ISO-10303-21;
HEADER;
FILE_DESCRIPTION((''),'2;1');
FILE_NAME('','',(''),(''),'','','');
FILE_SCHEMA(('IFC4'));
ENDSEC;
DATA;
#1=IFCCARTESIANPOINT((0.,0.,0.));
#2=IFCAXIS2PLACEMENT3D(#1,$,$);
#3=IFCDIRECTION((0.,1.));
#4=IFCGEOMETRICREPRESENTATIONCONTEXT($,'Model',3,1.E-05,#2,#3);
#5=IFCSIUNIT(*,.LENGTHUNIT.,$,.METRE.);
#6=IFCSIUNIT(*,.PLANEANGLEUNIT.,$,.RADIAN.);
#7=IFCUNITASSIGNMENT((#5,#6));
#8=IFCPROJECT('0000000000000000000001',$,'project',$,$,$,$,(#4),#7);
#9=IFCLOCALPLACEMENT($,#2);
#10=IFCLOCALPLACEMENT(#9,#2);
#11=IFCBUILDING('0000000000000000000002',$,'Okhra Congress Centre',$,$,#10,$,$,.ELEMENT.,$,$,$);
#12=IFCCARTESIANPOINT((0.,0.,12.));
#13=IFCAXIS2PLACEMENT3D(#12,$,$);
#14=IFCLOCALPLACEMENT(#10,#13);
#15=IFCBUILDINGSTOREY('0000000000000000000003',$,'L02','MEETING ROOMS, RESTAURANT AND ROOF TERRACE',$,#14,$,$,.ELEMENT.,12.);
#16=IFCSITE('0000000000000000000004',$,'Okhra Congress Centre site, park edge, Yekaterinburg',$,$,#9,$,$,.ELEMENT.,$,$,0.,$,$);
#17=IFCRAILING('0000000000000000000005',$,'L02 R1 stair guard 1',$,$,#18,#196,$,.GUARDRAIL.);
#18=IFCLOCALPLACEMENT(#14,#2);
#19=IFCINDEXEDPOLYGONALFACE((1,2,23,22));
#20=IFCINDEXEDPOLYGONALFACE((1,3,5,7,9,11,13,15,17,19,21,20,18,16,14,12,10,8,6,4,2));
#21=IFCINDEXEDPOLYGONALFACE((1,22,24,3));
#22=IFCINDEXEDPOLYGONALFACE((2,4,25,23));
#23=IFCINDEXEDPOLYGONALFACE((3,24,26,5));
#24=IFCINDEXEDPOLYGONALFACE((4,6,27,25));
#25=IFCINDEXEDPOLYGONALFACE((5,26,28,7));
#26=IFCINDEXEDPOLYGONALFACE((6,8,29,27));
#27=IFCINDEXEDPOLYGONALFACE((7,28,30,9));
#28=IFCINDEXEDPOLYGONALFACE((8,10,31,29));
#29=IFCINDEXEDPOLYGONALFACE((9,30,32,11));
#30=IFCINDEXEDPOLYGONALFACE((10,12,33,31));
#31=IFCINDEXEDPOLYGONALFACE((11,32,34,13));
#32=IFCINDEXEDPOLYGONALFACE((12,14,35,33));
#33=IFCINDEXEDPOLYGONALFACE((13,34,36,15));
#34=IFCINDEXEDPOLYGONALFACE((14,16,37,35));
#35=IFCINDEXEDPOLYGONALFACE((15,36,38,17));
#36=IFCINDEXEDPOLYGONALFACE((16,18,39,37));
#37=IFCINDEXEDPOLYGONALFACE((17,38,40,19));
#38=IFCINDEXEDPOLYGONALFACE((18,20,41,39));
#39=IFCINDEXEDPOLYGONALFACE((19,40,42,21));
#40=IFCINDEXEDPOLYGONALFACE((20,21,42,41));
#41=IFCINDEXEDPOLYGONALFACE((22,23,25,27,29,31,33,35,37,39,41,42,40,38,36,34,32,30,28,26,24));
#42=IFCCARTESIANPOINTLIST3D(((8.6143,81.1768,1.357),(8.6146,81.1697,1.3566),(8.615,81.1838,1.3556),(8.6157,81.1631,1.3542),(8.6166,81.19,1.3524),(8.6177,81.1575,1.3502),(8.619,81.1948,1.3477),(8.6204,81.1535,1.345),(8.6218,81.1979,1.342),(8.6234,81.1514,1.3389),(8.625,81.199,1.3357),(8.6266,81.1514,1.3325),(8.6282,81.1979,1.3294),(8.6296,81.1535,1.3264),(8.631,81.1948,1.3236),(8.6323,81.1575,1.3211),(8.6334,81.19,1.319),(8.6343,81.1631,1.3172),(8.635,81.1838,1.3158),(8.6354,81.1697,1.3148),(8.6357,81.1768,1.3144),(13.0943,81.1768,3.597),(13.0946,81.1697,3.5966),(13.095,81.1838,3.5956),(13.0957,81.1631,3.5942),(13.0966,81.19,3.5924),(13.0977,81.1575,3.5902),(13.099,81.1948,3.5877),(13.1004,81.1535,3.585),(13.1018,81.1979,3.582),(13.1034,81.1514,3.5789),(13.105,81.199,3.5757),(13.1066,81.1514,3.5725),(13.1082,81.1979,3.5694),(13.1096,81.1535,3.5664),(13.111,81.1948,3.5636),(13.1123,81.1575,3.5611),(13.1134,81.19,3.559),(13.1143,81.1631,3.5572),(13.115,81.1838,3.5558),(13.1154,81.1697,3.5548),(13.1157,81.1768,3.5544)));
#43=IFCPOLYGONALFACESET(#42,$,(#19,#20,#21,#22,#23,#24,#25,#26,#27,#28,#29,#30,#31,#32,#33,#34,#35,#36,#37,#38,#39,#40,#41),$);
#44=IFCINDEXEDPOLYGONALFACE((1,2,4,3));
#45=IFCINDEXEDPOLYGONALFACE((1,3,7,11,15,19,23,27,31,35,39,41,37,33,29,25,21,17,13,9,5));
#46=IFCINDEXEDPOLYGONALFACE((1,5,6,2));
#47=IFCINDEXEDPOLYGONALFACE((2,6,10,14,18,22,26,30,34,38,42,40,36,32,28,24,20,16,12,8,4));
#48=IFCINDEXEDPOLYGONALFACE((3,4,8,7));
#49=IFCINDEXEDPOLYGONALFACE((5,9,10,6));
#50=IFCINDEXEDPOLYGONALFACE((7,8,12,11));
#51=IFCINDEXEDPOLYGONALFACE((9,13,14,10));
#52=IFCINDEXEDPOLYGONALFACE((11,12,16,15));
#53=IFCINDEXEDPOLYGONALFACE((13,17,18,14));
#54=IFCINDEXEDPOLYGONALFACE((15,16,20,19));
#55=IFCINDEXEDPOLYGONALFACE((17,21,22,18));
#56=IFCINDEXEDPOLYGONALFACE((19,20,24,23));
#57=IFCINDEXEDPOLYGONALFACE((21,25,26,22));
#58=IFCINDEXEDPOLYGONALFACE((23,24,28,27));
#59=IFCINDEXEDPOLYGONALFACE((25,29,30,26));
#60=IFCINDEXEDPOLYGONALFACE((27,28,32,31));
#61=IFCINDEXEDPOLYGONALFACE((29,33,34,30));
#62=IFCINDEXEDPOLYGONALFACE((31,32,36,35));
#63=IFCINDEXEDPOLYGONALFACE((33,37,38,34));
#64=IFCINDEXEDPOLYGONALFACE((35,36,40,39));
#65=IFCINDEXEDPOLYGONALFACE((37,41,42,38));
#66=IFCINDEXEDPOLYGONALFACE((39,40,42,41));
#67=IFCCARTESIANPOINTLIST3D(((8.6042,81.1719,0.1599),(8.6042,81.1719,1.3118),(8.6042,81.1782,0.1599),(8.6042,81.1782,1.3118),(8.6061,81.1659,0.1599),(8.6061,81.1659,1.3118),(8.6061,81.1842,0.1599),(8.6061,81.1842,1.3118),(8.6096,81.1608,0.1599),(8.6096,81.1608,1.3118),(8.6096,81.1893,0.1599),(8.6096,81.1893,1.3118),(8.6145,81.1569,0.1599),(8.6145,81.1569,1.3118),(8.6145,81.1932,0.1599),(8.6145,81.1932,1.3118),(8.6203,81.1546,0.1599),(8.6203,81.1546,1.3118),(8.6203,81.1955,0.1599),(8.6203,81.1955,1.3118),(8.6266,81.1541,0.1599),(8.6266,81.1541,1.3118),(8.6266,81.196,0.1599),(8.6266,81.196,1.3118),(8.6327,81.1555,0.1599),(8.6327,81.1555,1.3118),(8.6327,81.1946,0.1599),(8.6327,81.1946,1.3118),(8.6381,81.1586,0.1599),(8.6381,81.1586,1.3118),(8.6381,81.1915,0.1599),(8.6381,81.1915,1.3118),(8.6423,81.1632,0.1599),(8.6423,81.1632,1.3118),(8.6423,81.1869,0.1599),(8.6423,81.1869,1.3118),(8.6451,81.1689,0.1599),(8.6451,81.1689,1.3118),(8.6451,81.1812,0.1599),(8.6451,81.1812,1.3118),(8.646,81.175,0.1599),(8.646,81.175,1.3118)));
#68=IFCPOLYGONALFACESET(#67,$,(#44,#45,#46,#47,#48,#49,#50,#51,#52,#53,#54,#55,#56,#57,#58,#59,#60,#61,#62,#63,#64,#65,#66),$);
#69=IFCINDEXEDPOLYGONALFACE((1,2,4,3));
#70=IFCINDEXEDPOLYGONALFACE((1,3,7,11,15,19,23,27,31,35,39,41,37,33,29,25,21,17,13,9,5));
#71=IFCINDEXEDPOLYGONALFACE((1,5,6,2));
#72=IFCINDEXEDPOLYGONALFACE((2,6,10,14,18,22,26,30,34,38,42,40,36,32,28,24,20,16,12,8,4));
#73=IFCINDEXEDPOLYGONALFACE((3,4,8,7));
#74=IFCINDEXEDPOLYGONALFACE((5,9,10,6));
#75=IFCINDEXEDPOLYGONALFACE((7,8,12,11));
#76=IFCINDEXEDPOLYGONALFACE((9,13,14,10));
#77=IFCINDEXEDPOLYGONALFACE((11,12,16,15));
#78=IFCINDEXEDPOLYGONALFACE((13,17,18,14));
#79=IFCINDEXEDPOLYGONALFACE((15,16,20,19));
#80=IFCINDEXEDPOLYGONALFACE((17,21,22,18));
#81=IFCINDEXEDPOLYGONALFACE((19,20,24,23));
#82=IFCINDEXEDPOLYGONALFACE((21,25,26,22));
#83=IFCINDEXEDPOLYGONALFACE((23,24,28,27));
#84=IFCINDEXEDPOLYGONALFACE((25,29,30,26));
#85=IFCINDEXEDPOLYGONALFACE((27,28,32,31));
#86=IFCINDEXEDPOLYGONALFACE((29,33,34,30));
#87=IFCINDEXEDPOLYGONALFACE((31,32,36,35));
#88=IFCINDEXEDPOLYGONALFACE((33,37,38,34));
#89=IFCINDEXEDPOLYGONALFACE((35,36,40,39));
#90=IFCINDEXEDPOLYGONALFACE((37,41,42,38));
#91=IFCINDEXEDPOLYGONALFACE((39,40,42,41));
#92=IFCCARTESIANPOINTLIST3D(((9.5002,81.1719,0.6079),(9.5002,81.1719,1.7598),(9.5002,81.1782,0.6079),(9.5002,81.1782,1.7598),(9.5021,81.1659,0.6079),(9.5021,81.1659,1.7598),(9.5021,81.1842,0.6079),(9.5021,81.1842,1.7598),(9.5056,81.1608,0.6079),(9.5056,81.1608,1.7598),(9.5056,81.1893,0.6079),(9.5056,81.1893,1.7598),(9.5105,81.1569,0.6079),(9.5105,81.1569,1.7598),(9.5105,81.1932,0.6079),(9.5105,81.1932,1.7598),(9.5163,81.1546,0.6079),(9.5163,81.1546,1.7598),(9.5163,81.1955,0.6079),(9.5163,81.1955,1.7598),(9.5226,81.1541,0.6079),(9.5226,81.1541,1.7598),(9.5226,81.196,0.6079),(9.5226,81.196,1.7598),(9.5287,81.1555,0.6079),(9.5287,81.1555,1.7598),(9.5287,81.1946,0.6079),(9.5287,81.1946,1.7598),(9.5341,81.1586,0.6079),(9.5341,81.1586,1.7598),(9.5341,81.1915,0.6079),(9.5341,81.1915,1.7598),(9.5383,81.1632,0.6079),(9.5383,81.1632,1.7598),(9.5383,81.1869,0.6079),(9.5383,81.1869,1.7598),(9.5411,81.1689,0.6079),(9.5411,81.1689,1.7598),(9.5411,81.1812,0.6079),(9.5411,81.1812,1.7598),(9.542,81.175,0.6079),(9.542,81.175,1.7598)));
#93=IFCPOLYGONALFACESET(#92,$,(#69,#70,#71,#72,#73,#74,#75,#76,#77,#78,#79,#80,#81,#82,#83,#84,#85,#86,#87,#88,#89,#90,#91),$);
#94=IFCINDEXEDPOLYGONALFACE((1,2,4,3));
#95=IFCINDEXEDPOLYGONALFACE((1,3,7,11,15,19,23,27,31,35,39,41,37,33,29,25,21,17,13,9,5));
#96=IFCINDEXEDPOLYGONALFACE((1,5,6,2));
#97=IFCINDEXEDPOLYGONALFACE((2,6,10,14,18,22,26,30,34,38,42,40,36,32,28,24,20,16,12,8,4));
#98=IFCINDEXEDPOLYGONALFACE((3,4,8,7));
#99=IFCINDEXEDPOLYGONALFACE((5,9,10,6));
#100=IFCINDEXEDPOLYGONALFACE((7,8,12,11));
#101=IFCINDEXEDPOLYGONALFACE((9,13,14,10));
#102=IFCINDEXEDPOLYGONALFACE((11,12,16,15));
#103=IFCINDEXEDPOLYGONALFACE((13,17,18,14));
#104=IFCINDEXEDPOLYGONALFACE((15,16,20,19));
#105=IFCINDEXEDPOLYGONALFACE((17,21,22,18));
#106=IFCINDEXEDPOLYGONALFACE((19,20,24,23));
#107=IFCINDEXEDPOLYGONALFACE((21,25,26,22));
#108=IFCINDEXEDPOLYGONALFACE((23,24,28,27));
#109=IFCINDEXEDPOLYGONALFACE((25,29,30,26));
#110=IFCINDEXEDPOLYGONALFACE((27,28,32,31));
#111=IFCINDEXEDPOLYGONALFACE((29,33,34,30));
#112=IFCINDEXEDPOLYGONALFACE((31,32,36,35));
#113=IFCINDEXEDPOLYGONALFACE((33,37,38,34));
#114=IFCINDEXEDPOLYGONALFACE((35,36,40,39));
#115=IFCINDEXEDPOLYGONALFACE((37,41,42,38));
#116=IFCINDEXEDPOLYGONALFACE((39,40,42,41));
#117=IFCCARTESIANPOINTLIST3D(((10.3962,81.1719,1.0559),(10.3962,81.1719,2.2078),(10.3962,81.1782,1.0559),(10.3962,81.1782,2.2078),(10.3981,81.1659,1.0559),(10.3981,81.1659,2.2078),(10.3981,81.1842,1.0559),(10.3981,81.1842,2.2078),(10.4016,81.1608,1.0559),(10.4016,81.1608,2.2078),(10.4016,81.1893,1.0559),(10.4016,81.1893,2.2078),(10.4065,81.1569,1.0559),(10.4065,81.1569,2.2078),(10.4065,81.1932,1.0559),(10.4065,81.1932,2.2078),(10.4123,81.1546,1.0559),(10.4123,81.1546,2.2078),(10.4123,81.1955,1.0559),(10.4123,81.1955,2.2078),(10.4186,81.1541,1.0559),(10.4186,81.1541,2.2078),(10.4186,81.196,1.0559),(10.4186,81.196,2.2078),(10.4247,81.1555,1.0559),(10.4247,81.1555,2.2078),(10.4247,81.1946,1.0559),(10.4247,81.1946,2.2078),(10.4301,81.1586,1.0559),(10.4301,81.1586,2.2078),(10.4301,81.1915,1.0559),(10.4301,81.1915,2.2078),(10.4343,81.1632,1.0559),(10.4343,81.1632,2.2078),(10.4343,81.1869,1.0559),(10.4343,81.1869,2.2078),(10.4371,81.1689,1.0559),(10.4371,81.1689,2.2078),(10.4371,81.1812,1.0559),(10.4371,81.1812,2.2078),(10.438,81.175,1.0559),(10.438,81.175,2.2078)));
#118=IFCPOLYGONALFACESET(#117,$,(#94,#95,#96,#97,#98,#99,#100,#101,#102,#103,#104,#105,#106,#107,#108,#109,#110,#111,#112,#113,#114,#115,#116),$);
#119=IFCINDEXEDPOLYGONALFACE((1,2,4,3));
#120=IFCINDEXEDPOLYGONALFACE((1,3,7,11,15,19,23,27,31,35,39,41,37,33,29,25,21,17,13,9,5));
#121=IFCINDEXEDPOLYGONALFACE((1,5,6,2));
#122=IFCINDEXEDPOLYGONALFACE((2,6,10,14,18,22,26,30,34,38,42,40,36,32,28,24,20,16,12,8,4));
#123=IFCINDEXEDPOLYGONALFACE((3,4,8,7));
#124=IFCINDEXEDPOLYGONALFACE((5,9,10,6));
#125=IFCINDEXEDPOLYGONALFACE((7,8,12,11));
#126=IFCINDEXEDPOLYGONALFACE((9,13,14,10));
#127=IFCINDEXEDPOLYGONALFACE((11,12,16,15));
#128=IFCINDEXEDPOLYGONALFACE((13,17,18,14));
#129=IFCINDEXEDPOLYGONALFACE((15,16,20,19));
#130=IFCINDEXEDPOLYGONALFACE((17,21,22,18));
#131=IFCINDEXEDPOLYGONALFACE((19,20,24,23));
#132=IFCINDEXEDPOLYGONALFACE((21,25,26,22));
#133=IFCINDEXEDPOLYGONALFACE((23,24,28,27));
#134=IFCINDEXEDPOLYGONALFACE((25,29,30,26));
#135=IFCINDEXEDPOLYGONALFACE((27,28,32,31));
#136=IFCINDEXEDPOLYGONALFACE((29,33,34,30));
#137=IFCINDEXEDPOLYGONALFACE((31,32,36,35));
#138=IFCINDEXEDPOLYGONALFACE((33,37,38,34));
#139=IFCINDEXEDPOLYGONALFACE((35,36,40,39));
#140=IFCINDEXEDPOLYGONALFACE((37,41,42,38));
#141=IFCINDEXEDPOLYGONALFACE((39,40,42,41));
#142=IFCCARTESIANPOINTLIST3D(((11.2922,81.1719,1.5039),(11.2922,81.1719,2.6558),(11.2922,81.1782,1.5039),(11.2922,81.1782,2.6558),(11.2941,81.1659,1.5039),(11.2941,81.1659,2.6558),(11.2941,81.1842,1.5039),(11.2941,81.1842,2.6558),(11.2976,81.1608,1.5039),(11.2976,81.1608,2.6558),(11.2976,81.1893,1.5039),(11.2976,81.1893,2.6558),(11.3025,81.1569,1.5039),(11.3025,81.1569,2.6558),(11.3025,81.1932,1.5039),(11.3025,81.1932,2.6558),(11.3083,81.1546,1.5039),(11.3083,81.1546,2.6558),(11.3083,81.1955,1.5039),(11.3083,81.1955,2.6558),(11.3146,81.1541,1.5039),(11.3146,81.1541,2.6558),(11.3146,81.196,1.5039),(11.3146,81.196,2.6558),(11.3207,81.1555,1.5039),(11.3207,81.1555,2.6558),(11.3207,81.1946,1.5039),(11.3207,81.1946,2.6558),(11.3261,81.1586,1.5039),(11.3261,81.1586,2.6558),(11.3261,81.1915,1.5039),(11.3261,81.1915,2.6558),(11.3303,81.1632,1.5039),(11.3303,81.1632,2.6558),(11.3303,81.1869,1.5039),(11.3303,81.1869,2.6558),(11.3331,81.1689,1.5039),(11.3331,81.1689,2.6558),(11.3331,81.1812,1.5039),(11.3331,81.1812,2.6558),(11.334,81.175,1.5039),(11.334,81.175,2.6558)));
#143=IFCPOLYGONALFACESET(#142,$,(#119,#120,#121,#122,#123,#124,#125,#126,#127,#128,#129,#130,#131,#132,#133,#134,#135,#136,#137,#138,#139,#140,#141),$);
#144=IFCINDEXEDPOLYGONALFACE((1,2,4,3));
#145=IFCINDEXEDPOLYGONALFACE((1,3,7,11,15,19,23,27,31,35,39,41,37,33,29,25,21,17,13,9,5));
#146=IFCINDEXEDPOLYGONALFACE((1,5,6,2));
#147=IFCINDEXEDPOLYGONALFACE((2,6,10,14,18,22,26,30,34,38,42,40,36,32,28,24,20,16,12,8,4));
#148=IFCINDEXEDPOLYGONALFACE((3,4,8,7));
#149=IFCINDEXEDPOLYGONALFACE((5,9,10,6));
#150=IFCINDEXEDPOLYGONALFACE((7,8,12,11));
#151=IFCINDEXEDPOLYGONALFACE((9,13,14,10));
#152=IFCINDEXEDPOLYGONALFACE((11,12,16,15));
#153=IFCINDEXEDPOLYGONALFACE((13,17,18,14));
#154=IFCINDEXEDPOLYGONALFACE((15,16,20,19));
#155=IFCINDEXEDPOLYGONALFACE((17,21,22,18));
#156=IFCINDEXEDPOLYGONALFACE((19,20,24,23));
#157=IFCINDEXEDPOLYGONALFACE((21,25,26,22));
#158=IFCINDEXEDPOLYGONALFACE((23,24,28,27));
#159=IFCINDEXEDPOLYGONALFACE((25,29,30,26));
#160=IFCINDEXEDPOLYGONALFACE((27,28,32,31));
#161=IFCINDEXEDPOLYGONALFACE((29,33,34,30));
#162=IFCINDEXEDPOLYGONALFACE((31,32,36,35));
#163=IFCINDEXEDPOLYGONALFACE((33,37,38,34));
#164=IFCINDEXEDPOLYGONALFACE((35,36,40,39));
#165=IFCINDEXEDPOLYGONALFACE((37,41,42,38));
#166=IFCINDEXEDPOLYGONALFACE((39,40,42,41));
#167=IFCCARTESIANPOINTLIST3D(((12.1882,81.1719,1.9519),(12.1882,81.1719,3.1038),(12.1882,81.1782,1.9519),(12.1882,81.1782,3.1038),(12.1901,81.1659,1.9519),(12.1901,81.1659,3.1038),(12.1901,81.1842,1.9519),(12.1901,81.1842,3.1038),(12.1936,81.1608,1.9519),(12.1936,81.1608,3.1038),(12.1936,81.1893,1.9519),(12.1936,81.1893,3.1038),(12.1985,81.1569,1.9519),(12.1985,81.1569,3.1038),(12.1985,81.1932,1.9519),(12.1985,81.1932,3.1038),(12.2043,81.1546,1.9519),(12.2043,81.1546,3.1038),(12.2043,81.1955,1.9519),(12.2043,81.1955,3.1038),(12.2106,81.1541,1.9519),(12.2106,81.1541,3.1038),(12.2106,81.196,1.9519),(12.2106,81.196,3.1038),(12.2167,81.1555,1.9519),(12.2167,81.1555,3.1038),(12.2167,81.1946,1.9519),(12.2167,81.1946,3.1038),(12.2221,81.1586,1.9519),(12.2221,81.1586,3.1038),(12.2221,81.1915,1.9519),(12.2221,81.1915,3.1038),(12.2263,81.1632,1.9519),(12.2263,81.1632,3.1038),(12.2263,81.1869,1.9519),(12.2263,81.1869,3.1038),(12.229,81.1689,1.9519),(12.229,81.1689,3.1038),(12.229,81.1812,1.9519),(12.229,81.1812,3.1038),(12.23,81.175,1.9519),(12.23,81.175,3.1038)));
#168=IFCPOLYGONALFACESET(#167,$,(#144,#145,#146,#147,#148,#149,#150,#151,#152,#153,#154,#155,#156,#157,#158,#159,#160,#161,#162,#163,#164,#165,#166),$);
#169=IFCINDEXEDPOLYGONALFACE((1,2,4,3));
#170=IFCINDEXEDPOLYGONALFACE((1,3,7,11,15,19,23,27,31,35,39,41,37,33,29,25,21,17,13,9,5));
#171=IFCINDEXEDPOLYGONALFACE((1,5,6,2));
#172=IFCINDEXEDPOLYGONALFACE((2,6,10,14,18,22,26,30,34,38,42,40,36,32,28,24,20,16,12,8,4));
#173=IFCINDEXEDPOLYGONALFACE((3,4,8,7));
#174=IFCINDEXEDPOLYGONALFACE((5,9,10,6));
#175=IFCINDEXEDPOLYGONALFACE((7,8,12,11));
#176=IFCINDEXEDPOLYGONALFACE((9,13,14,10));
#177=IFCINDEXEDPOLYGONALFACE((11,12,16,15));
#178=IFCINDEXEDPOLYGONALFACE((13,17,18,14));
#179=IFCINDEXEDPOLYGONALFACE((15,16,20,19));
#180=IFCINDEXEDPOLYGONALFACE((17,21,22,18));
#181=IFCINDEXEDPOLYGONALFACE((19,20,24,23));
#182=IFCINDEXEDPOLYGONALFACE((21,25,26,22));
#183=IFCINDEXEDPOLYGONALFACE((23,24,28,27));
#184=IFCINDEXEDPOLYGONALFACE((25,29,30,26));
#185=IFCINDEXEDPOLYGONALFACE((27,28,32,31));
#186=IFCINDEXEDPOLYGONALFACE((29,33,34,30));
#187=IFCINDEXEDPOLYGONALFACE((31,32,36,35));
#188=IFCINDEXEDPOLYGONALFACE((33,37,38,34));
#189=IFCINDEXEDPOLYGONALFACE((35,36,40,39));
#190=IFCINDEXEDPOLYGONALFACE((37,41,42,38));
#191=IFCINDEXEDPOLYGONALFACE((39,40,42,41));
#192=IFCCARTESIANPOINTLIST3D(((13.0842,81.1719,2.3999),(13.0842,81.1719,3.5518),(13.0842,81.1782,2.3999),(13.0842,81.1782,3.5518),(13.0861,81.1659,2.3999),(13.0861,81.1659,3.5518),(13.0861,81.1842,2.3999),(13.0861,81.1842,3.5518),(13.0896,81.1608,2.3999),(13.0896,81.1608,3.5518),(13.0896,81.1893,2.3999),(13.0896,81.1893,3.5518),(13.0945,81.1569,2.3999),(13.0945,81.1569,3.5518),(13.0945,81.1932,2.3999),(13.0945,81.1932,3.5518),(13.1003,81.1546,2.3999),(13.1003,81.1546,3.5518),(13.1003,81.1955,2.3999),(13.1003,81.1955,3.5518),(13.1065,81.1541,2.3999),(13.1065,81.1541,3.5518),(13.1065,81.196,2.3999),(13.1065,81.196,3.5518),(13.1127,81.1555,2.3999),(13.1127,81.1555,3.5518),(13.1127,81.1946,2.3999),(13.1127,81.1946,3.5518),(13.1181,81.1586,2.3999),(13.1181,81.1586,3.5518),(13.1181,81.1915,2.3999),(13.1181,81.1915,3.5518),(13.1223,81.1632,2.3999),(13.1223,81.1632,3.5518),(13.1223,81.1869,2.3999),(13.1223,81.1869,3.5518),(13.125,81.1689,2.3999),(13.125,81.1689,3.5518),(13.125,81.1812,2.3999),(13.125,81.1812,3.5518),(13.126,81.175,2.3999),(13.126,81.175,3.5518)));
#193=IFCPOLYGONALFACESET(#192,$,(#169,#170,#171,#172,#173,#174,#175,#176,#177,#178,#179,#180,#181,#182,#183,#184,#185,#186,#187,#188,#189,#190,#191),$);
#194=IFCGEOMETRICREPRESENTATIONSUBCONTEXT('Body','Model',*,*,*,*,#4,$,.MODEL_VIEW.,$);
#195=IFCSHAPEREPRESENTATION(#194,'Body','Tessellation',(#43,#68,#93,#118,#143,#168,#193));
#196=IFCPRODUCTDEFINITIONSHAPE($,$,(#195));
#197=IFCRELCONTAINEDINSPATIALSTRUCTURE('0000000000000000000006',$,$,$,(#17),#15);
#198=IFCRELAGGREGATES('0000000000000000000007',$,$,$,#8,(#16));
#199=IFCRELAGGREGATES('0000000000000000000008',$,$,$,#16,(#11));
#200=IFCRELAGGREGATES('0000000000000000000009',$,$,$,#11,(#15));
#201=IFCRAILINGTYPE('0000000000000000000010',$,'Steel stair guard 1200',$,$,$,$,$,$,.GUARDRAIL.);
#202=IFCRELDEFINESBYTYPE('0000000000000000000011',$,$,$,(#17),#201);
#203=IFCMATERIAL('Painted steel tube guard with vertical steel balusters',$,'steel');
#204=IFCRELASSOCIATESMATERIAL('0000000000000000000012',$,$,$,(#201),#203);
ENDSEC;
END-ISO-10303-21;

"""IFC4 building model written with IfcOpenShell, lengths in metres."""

from ifc_helpers import new_model, si_unit, direction, frame, origin, origin_2d, place, context, subcontext, project, spatial, circle, extrude, material, type_object, element, save


model = new_model("IFC4")

# Units and contexts
model_context = context("Model", 3, precision=1e-05, world=origin(), true_north=direction((0.0, 1.0)))
body_context = subcontext(model_context, "Body", "Model", "MODEL_VIEW")
ifc_project = project(units=[si_unit("LENGTHUNIT", "METRE"), si_unit("PLANEANGLEUNIT", "RADIAN")], contexts=[model_context])

# Site, building, storey
site_placement = place(None, origin())
site = spatial("IfcSite", under=ifc_project, at=site_placement, Name="Okhra Congress Centre site, park edge, Yekaterinburg", CompositionType="ELEMENT", RefElevation=0.0)
building_placement = place(site_placement, origin())
building = spatial("IfcBuilding", under=site, at=building_placement, Name="Okhra Congress Centre", CompositionType="ELEMENT")
storey_placement = place(building_placement, frame((0.0, 0.0, 12.0)))
storey = spatial("IfcBuildingStorey", under=building, at=storey_placement, Name="L02", Description="MEETING ROOMS, RESTAURANT AND ROOF TERRACE", CompositionType="ELEMENT", Elevation=12.0)

# Railing
ifc_material_1 = material(Name="Painted steel tube guard with vertical steel balusters", Category="steel")
railing_type_1 = type_object("IfcRailingType", Name="Steel stair guard 1200", PredefinedType="GUARDRAIL", material=ifc_material_1)
railing_1_placement = place(storey_placement, frame((8.625, 81.175, 0.1599)))
element("IfcRailing", 1, at=railing_1_placement, inside=storey, type_object=railing_type_1, Name="L02 R1 stair guard 1", PredefinedType="GUARDRAIL", context=body_context, shape_type="SweptSolid", body=[
    extrude(circle(Radius=0.0239, at=origin_2d()), frame((0.0, 0.0, 1.1758), z_axis=(0.894427, 0.0, 0.447214), x_axis=(0.0, 1.0, 0.0)), (0.0, 0.0, 1.0), 5.0088),
    extrude(circle(Radius=0.021, at=origin_2d()), origin(), (0.0, 0.0, 1.0), 1.1519),
    extrude(circle(Radius=0.021, at=origin_2d()), frame((0.896, 0.0, 0.448)), (0.0, 0.0, 1.0), 1.1519),
    extrude(circle(Radius=0.021, at=origin_2d()), frame((1.792, 0.0, 0.896)), (0.0, 0.0, 1.0), 1.1519),
    extrude(circle(Radius=0.021, at=origin_2d()), frame((2.688, 0.0, 1.344)), (0.0, 0.0, 1.0), 1.1519),
    extrude(circle(Radius=0.021, at=origin_2d()), frame((3.584, 0.0, 1.792)), (0.0, 0.0, 1.0), 1.1519),
    extrude(circle(Radius=0.021, at=origin_2d()), frame((4.48, 0.0, 2.24)), (0.0, 0.0, 1.0), 1.1519),
])

save(model, "model.ifc")
